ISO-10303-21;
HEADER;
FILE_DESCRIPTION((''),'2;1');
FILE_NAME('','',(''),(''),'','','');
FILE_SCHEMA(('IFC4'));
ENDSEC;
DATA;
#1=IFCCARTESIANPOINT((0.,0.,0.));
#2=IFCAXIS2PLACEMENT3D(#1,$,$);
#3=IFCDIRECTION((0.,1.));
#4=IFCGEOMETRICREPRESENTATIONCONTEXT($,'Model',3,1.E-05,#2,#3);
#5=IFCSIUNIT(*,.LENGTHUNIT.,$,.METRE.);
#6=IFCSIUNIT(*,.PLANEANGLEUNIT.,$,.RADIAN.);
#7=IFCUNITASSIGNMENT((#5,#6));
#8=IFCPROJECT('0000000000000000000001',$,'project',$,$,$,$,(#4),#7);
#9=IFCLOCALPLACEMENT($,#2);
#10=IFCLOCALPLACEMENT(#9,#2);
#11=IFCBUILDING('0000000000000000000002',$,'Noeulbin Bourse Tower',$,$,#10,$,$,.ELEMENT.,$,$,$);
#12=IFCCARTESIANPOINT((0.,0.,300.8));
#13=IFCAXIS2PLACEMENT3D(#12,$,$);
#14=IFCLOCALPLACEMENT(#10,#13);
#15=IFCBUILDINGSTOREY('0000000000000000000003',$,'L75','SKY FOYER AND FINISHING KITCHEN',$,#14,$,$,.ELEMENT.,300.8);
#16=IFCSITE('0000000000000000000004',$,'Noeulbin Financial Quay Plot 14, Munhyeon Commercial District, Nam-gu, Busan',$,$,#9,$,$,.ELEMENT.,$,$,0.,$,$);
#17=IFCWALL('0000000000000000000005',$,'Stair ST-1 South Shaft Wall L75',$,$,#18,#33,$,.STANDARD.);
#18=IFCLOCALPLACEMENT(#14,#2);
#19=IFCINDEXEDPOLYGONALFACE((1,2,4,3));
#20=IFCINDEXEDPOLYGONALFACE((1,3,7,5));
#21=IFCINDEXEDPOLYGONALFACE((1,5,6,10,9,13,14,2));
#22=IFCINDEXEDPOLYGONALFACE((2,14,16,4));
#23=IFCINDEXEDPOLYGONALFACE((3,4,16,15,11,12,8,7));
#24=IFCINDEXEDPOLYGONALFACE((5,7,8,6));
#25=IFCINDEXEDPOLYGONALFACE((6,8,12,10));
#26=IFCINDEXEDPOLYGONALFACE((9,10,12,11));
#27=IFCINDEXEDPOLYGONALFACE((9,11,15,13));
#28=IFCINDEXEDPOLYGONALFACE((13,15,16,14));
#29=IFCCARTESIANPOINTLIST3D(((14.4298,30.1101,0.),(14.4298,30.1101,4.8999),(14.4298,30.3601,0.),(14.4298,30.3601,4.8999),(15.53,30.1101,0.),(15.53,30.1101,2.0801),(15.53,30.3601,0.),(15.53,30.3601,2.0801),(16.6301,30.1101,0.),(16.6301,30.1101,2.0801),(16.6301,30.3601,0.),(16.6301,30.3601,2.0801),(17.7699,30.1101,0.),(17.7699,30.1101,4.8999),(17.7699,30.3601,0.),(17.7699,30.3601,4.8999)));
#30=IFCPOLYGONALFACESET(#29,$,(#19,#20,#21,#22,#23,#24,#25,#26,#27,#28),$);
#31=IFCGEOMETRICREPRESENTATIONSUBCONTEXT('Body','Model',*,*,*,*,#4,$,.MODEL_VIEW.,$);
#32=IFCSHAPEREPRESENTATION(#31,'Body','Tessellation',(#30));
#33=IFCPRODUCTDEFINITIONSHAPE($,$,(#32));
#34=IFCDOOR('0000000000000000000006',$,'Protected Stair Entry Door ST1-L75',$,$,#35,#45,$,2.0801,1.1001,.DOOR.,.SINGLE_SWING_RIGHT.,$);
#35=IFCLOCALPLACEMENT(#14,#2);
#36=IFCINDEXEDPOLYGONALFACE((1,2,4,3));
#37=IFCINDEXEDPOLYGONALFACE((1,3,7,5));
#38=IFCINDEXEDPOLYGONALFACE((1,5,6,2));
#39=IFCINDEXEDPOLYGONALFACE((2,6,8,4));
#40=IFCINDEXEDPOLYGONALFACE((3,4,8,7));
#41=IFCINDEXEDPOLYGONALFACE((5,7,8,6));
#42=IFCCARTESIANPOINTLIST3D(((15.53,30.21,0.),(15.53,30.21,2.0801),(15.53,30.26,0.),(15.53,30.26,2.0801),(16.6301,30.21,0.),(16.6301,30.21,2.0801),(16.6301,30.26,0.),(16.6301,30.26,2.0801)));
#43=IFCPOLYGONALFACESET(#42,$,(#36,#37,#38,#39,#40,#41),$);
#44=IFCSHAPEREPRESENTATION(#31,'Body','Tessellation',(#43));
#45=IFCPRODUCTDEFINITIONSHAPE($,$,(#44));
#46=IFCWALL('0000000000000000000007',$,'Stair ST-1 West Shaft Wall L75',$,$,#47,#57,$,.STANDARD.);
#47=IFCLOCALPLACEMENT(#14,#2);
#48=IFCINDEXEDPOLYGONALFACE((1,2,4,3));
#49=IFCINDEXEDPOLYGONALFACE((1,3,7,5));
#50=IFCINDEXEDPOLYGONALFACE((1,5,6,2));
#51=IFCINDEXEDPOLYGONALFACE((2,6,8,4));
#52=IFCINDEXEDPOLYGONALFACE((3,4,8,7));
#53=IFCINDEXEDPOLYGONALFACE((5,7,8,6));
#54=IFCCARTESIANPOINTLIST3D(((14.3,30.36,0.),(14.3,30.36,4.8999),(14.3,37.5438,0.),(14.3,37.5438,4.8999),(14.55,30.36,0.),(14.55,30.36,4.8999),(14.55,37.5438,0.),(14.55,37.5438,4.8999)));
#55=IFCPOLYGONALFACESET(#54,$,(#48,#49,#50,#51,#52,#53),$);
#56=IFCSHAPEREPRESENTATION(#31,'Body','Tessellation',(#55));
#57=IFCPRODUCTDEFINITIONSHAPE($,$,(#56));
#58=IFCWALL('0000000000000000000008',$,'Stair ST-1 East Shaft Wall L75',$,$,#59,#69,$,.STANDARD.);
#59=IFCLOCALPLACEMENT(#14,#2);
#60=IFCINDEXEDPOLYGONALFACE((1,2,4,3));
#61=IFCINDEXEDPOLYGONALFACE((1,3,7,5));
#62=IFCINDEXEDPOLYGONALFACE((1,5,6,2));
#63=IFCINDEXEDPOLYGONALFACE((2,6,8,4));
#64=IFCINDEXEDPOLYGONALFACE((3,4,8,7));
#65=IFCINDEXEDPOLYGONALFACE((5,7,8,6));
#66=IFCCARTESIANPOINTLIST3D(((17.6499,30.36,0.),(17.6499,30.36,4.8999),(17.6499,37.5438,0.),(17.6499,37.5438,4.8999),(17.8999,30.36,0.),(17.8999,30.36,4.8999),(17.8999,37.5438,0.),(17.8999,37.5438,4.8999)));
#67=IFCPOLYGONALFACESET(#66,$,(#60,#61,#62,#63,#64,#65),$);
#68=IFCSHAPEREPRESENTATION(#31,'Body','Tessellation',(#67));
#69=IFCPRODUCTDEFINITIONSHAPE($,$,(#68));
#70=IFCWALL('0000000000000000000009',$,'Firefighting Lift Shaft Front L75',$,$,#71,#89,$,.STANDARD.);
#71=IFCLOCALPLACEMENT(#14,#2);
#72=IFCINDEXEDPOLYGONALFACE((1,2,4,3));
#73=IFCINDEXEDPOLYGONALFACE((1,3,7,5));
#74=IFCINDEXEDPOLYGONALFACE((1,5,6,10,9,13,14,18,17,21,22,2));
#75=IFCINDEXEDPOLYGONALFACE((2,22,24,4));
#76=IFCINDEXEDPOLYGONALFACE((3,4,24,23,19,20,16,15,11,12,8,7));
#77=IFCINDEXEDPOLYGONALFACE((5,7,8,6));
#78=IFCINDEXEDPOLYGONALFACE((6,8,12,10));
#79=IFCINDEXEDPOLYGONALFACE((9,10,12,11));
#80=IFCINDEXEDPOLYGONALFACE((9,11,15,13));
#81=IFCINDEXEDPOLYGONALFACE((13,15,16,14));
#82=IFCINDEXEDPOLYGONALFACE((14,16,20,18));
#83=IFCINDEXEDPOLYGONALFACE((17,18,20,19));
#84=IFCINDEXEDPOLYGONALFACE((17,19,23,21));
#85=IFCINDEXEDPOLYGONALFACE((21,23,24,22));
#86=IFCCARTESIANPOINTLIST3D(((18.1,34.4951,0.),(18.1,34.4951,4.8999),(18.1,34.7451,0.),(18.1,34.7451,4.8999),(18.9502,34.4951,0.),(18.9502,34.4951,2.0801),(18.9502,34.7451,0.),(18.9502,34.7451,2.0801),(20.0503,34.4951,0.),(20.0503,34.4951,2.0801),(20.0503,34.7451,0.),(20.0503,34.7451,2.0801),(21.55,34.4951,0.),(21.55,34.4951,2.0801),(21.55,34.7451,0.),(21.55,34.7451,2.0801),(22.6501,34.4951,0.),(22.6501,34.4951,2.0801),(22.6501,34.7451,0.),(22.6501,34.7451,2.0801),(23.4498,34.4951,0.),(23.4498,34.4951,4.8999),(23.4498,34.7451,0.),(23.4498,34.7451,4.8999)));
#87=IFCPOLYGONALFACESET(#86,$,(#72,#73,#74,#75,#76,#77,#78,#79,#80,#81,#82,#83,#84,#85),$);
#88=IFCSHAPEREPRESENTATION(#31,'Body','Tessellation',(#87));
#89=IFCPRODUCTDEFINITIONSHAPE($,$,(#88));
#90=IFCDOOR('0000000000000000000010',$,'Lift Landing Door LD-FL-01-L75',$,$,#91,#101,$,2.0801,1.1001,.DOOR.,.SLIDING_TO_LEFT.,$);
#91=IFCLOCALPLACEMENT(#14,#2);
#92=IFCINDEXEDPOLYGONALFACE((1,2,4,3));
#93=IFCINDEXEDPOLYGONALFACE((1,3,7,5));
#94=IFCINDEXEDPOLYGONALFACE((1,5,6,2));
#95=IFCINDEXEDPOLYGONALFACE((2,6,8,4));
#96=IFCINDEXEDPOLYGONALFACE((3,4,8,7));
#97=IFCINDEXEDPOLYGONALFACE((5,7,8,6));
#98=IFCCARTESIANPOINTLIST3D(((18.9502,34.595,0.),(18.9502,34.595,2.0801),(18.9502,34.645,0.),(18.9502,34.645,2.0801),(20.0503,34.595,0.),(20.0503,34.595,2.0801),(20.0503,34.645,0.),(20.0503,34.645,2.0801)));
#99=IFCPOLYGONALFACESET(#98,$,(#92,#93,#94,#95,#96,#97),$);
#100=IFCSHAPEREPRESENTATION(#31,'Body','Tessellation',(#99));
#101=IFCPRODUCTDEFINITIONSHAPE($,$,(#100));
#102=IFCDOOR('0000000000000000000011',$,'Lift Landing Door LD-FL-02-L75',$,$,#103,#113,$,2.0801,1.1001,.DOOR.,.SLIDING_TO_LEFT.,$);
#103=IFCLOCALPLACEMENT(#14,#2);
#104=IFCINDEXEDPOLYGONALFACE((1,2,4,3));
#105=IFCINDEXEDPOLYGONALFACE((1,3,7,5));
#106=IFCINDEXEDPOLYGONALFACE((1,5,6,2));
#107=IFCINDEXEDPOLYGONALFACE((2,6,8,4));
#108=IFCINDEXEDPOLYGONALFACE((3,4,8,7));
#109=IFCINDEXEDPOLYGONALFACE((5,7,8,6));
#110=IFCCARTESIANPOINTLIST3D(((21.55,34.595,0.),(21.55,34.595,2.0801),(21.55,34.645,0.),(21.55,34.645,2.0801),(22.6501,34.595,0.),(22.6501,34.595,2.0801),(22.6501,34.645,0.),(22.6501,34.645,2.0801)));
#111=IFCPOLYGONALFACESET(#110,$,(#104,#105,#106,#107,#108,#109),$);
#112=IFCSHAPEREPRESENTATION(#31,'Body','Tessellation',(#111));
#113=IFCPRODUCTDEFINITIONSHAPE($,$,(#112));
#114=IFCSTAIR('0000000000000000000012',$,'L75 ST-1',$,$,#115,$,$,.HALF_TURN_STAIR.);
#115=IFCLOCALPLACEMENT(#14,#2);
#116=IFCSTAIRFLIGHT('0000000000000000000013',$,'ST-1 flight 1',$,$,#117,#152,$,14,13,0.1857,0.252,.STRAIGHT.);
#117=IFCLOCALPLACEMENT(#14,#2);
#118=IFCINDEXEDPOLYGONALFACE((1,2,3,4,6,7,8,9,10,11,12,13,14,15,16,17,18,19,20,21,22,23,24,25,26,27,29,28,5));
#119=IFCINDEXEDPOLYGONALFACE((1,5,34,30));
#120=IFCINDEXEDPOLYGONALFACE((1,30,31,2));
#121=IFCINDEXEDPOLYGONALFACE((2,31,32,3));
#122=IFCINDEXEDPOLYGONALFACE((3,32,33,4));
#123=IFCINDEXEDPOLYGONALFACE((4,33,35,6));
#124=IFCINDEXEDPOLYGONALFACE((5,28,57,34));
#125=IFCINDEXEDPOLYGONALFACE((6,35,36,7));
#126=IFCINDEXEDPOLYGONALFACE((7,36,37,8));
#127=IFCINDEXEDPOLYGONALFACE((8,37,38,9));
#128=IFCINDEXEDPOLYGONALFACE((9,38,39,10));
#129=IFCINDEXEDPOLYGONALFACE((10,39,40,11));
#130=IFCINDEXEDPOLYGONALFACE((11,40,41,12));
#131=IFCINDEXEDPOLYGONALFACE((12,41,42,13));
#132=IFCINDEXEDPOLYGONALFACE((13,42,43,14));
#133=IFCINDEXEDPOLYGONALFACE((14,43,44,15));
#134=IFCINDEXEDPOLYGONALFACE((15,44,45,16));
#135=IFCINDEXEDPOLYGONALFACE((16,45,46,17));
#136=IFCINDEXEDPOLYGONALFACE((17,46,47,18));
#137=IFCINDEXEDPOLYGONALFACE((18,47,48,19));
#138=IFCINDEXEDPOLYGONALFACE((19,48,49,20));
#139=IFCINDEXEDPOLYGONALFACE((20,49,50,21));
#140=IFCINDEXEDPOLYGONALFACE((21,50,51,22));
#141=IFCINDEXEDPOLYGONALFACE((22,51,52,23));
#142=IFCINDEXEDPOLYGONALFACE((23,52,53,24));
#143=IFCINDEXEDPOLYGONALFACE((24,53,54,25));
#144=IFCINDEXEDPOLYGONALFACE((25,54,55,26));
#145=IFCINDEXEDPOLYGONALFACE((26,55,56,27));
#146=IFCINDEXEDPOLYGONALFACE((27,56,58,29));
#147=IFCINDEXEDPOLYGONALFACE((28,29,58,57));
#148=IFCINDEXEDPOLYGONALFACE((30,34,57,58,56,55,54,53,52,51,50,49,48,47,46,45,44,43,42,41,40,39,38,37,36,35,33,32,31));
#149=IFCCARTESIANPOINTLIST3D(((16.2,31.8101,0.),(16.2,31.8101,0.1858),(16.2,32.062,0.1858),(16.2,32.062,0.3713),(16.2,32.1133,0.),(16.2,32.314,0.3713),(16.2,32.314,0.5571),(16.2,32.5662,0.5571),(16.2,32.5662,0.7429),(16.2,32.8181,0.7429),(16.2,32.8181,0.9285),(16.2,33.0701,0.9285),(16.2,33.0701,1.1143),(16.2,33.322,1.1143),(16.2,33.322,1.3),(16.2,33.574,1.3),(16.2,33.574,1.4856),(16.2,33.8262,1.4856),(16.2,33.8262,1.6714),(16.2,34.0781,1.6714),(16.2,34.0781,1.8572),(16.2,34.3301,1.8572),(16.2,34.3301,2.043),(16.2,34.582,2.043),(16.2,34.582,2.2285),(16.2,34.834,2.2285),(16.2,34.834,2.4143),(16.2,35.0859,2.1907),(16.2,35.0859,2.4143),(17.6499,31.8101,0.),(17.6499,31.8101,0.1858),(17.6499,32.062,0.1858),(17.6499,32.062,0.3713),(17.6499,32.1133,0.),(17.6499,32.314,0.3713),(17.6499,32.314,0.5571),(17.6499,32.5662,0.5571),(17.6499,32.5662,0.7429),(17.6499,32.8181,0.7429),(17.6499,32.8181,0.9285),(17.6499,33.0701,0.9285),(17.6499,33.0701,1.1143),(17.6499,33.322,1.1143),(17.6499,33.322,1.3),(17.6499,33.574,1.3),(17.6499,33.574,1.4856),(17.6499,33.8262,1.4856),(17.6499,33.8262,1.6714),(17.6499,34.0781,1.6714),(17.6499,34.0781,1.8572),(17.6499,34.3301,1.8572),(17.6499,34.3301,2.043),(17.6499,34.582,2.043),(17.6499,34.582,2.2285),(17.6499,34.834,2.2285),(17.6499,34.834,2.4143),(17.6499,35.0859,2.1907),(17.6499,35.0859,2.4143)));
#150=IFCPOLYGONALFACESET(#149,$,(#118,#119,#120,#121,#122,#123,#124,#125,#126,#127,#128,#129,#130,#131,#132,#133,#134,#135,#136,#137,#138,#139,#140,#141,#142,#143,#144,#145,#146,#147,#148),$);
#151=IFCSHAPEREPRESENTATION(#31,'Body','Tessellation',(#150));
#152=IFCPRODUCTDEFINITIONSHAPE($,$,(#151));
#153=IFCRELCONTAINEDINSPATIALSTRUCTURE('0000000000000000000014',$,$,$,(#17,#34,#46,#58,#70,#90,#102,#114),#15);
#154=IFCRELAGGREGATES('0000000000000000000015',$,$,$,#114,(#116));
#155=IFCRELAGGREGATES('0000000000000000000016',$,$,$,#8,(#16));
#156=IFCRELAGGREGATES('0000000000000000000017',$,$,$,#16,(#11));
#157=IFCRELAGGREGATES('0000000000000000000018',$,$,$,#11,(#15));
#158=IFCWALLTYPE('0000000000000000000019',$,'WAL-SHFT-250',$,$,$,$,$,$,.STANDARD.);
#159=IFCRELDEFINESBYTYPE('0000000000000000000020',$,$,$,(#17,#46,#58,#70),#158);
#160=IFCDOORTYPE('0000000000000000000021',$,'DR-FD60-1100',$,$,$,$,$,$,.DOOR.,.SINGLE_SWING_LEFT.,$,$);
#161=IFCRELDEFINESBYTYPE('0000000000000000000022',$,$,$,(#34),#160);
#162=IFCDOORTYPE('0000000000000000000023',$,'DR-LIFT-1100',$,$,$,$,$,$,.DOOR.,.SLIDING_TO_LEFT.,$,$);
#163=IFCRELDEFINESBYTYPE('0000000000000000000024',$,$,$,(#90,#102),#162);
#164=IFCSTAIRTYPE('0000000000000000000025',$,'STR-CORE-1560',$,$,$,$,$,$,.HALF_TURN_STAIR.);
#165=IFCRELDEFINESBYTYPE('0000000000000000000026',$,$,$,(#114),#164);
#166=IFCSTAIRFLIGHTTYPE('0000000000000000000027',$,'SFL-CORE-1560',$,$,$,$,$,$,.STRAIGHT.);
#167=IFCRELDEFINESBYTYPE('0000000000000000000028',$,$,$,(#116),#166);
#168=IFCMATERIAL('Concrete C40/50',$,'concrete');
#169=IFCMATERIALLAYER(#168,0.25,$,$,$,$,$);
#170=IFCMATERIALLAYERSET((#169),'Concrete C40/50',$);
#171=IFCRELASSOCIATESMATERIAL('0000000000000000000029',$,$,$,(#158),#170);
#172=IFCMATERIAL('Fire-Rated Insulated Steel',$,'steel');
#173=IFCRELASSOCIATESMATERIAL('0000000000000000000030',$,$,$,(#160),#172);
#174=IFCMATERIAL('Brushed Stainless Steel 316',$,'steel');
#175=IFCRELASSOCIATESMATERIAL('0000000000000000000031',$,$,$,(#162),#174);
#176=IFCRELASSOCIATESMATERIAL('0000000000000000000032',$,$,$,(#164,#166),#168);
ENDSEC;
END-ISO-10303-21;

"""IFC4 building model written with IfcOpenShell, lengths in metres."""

from ifc_helpers import new_model, si_unit, direction, frame, frame_2d, origin, place, context, subcontext, project, spatial, polyline, rectangle, outline, extrude, material, layer, layer_set, type_object, element, fill, aggregate, save


model = new_model("IFC4")

# Units and contexts
model_context = context("Model", 3, precision=1e-05, world=origin(), true_north=direction((0.0, 1.0)))
body_context = subcontext(model_context, "Body", "Model", "MODEL_VIEW")
ifc_project = project(units=[si_unit("LENGTHUNIT", "METRE"), si_unit("PLANEANGLEUNIT", "RADIAN")], contexts=[model_context])

# Site, building, storey
site_placement = place(None, origin())
site = spatial("IfcSite", under=ifc_project, at=site_placement, Name="Noeulbin Financial Quay Plot 14, Munhyeon Commercial District, Nam-gu, Busan", CompositionType="ELEMENT", RefElevation=0.0)
building_placement = place(site_placement, origin())
building = spatial("IfcBuilding", under=site, at=building_placement, Name="Noeulbin Bourse Tower", CompositionType="ELEMENT")
storey_placement = place(building_placement, frame((0.0, 0.0, 300.8)))
storey = spatial("IfcBuildingStorey", under=building, at=storey_placement, Name="L75", Description="SKY FOYER AND FINISHING KITCHEN", CompositionType="ELEMENT", Elevation=300.8)

# Shared definitions
ifc_material_1 = material(Name="Concrete C40/50", Category="concrete")

# Wall, opening, door
ifc_layer_1 = layer(ifc_material_1, 0.25)
ifc_layer_set_1 = layer_set([ifc_layer_1], Name="Concrete C40/50")
wall_type_1 = type_object("IfcWallType", Name="WAL-SHFT-250", PredefinedType="STANDARD", material=ifc_layer_set_1)
wall_1_placement = place(storey_placement, frame((14.4299, 30.2351, 0.0), z_axis=(0.0, 0.0, 1.0), x_axis=(1.0, 0.0, 0.0)))
wall_1 = element("IfcWall", 1, at=wall_1_placement, inside=storey, type_object=wall_type_1, Name="Stair ST-1 South Shaft Wall L75", PredefinedType="STANDARD", context=body_context, shape_type="SweptSolid", body=[
    extrude(rectangle(XDim=3.3401, YDim=0.25, at=frame_2d((1.6699, 0.0))), origin(), (0.0, 0.0, 1.0), 4.8999),
])
opening_1_placement = place(wall_1_placement, frame((1.1001, 0.0, 0.0)))
opening_1 = element("IfcOpeningElement", 2, at=opening_1_placement, cuts=wall_1, PredefinedType="OPENING", context=body_context, shape_type="SweptSolid", body=[
    extrude(rectangle(XDim=1.1001, YDim=2.0801, at=frame_2d((0.55, 1.04))), frame((0.0, 0.135, 0.0), z_axis=(0.0, -1.0, 0.0), x_axis=(1.0, 0.0, 0.0)), (0.0, 0.0, 1.0), 0.27),
])
ifc_material_2 = material(Name="Fire-Rated Insulated Steel", Category="steel")
door_type_1 = type_object("IfcDoorType", Name="DR-FD60-1100", OperationType="SINGLE_SWING_LEFT", PredefinedType="DOOR", material=ifc_material_2)
door_1_placement = place(opening_1_placement, origin())
door_1 = element("IfcDoor", 3, at=door_1_placement, inside=storey, type_object=door_type_1, Name="Protected Stair Entry Door ST1-L75", OperationType="SINGLE_SWING_RIGHT", OverallHeight=2.0801, OverallWidth=1.1001, PredefinedType="DOOR", context=body_context, shape_type="SweptSolid", body=[
    extrude(rectangle(XDim=1.1001, YDim=2.0801, at=frame_2d((0.55, 1.04))), frame((0.0, 0.0249, 0.0), z_axis=(0.0, -1.0, 0.0), x_axis=(1.0, 0.0, 0.0)), (0.0, 0.0, 1.0), 0.05),
])
fill(opening_1, door_1)

# Walls
for number, where, z_axis, x_axis, name in (
    (4, (14.425, 30.3601, 0.0), (0.0, 0.0, 1.0), (0.0, 1.0, 0.0), "Stair ST-1 West Shaft Wall L75"),
    (5, (17.7749, 30.3601, 0.0), (0.0, 0.0, 1.0), (0.0, 1.0, 0.0), "Stair ST-1 East Shaft Wall L75"),
):
    element("IfcWall", number, at=place(storey_placement, frame(where, z_axis=z_axis, x_axis=x_axis)), inside=storey, type_object=wall_type_1, Name=name, PredefinedType="STANDARD", context=body_context, shape_type="SweptSolid", body=[
        extrude(rectangle(XDim=7.1838, YDim=0.25, at=frame_2d((3.5918, 0.0))), origin(), (0.0, 0.0, 1.0), 4.8999),
    ])

# Wall, openings, doors
wall_2_placement = place(storey_placement, frame((18.1001, 34.6201, 0.0), z_axis=(0.0, 0.0, 1.0), x_axis=(1.0, 0.0, 0.0)))
wall_2 = element("IfcWall", 6, at=wall_2_placement, inside=storey, type_object=wall_type_1, Name="Firefighting Lift Shaft Front L75", PredefinedType="STANDARD", context=body_context, shape_type="SweptSolid", body=[
    extrude(rectangle(XDim=5.3499, YDim=0.25, at=frame_2d((2.6748, 0.0))), origin(), (0.0, 0.0, 1.0), 4.8999),
])
opening_2_placement = place(wall_2_placement, frame((0.8501, 0.0, 0.0)))
opening_2 = element("IfcOpeningElement", 7, at=opening_2_placement, cuts=wall_2, PredefinedType="OPENING", context=body_context, shape_type="SweptSolid", body=[
    extrude(rectangle(XDim=1.1001, YDim=2.0801, at=frame_2d((0.55, 1.04))), frame((0.0, 0.135, 0.0), z_axis=(0.0, -1.0, 0.0), x_axis=(1.0, 0.0, 0.0)), (0.0, 0.0, 1.0), 0.27),
])
opening_3_placement = place(wall_2_placement, frame((3.45, 0.0, 0.0)))
opening_3 = element("IfcOpeningElement", 8, at=opening_3_placement, cuts=wall_2, PredefinedType="OPENING", context=body_context, shape_type="SweptSolid", body=[
    extrude(rectangle(XDim=1.1001, YDim=2.0801, at=frame_2d((0.55, 1.04))), frame((0.0, 0.135, 0.0), z_axis=(0.0, -1.0, 0.0), x_axis=(1.0, 0.0, 0.0)), (0.0, 0.0, 1.0), 0.27),
])
ifc_material_3 = material(Name="Brushed Stainless Steel 316", Category="steel")
door_type_2 = type_object("IfcDoorType", Name="DR-LIFT-1100", OperationType="SLIDING_TO_LEFT", PredefinedType="DOOR", material=ifc_material_3)
door_2_placement = place(opening_2_placement, origin())
door_2 = element("IfcDoor", 9, at=door_2_placement, inside=storey, type_object=door_type_2, Name="Lift Landing Door LD-FL-01-L75", OperationType="SLIDING_TO_LEFT", OverallHeight=2.0801, OverallWidth=1.1001, PredefinedType="DOOR", context=body_context, shape_type="SweptSolid", body=[
    extrude(rectangle(XDim=1.1001, YDim=2.0801, at=frame_2d((0.55, 1.04))), frame((0.0, 0.0249, 0.0), z_axis=(0.0, -1.0, 0.0), x_axis=(1.0, 0.0, 0.0)), (0.0, 0.0, 1.0), 0.05),
])
fill(opening_2, door_2)
door_3_placement = place(opening_3_placement, origin())
door_3 = element("IfcDoor", 10, at=door_3_placement, inside=storey, type_object=door_type_2, Name="Lift Landing Door LD-FL-02-L75", OperationType="SLIDING_TO_LEFT", OverallHeight=2.0801, OverallWidth=1.1001, PredefinedType="DOOR", context=body_context, shape_type="SweptSolid", body=[
    extrude(rectangle(XDim=1.1001, YDim=2.0801, at=frame_2d((0.55, 1.04))), frame((0.0, 0.0249, 0.0), z_axis=(0.0, -1.0, 0.0), x_axis=(1.0, 0.0, 0.0)), (0.0, 0.0, 1.0), 0.05),
])
fill(opening_3, door_3)

# Stair, stair flight
stair_type = type_object("IfcStairType", Name="STR-CORE-1560", PredefinedType="HALF_TURN_STAIR", material=ifc_material_1)
stair_placement = place(storey_placement, origin())
stair = element("IfcStair", 11, at=stair_placement, inside=storey, type_object=stair_type, Name="L75 ST-1", PredefinedType="HALF_TURN_STAIR")
stair_flight_type = type_object("IfcStairFlightType", Name="SFL-CORE-1560", PredefinedType="STRAIGHT", material=ifc_material_1)
stair_flight_1_placement = place(storey_placement, frame((16.925, 31.8101, 0.0), z_axis=(0.0, 0.0, 1.0), x_axis=(0.0, 1.0, 0.0)))
stair_flight_1 = element("IfcStairFlight", 12, at=stair_flight_1_placement, type_object=stair_flight_type, Name="ST-1 flight 1", NumberOfRisers=14, NumberOfTreads=13, PredefinedType="STRAIGHT", RiserHeight=0.1857, TreadLength=0.252, context=body_context, shape_type="SweptSolid", body=[
    extrude(outline(polyline([(0.0, 0.0), (0.0, 0.1858), (0.252, 0.1858), (0.252, 0.3713), (0.5039, 0.3713), (0.5039, 0.5571), (0.7561, 0.5571), (0.7561, 0.7429), (1.0081, 0.7429), (1.0081, 0.9285), (1.26, 0.9285), (1.26, 1.1143), (1.512, 1.1143), (1.512, 1.3), (1.7639, 1.3), (1.7639, 1.4856), (2.0161, 1.4856), (2.0161, 1.6714), (2.2681, 1.6714), (2.2681, 1.8572), (2.52, 1.8572), (2.52, 2.043), (2.772, 2.043), (2.772, 2.2285), (3.0239, 2.2285), (3.0239, 2.4143), (3.2759, 2.4143), (3.2759, 2.6001), (3.2759, 2.1907), (0.3032, 0.0), (0.0, 0.0)])), frame((0.0, 0.7251, 0.0), z_axis=(0.0, -1.0, 0.0), x_axis=(1.0, 0.0, 0.0)), (0.0, 0.0, 1.0), 1.45),
])
aggregate(stair, [stair_flight_1])

save(model, "model.ifc")
